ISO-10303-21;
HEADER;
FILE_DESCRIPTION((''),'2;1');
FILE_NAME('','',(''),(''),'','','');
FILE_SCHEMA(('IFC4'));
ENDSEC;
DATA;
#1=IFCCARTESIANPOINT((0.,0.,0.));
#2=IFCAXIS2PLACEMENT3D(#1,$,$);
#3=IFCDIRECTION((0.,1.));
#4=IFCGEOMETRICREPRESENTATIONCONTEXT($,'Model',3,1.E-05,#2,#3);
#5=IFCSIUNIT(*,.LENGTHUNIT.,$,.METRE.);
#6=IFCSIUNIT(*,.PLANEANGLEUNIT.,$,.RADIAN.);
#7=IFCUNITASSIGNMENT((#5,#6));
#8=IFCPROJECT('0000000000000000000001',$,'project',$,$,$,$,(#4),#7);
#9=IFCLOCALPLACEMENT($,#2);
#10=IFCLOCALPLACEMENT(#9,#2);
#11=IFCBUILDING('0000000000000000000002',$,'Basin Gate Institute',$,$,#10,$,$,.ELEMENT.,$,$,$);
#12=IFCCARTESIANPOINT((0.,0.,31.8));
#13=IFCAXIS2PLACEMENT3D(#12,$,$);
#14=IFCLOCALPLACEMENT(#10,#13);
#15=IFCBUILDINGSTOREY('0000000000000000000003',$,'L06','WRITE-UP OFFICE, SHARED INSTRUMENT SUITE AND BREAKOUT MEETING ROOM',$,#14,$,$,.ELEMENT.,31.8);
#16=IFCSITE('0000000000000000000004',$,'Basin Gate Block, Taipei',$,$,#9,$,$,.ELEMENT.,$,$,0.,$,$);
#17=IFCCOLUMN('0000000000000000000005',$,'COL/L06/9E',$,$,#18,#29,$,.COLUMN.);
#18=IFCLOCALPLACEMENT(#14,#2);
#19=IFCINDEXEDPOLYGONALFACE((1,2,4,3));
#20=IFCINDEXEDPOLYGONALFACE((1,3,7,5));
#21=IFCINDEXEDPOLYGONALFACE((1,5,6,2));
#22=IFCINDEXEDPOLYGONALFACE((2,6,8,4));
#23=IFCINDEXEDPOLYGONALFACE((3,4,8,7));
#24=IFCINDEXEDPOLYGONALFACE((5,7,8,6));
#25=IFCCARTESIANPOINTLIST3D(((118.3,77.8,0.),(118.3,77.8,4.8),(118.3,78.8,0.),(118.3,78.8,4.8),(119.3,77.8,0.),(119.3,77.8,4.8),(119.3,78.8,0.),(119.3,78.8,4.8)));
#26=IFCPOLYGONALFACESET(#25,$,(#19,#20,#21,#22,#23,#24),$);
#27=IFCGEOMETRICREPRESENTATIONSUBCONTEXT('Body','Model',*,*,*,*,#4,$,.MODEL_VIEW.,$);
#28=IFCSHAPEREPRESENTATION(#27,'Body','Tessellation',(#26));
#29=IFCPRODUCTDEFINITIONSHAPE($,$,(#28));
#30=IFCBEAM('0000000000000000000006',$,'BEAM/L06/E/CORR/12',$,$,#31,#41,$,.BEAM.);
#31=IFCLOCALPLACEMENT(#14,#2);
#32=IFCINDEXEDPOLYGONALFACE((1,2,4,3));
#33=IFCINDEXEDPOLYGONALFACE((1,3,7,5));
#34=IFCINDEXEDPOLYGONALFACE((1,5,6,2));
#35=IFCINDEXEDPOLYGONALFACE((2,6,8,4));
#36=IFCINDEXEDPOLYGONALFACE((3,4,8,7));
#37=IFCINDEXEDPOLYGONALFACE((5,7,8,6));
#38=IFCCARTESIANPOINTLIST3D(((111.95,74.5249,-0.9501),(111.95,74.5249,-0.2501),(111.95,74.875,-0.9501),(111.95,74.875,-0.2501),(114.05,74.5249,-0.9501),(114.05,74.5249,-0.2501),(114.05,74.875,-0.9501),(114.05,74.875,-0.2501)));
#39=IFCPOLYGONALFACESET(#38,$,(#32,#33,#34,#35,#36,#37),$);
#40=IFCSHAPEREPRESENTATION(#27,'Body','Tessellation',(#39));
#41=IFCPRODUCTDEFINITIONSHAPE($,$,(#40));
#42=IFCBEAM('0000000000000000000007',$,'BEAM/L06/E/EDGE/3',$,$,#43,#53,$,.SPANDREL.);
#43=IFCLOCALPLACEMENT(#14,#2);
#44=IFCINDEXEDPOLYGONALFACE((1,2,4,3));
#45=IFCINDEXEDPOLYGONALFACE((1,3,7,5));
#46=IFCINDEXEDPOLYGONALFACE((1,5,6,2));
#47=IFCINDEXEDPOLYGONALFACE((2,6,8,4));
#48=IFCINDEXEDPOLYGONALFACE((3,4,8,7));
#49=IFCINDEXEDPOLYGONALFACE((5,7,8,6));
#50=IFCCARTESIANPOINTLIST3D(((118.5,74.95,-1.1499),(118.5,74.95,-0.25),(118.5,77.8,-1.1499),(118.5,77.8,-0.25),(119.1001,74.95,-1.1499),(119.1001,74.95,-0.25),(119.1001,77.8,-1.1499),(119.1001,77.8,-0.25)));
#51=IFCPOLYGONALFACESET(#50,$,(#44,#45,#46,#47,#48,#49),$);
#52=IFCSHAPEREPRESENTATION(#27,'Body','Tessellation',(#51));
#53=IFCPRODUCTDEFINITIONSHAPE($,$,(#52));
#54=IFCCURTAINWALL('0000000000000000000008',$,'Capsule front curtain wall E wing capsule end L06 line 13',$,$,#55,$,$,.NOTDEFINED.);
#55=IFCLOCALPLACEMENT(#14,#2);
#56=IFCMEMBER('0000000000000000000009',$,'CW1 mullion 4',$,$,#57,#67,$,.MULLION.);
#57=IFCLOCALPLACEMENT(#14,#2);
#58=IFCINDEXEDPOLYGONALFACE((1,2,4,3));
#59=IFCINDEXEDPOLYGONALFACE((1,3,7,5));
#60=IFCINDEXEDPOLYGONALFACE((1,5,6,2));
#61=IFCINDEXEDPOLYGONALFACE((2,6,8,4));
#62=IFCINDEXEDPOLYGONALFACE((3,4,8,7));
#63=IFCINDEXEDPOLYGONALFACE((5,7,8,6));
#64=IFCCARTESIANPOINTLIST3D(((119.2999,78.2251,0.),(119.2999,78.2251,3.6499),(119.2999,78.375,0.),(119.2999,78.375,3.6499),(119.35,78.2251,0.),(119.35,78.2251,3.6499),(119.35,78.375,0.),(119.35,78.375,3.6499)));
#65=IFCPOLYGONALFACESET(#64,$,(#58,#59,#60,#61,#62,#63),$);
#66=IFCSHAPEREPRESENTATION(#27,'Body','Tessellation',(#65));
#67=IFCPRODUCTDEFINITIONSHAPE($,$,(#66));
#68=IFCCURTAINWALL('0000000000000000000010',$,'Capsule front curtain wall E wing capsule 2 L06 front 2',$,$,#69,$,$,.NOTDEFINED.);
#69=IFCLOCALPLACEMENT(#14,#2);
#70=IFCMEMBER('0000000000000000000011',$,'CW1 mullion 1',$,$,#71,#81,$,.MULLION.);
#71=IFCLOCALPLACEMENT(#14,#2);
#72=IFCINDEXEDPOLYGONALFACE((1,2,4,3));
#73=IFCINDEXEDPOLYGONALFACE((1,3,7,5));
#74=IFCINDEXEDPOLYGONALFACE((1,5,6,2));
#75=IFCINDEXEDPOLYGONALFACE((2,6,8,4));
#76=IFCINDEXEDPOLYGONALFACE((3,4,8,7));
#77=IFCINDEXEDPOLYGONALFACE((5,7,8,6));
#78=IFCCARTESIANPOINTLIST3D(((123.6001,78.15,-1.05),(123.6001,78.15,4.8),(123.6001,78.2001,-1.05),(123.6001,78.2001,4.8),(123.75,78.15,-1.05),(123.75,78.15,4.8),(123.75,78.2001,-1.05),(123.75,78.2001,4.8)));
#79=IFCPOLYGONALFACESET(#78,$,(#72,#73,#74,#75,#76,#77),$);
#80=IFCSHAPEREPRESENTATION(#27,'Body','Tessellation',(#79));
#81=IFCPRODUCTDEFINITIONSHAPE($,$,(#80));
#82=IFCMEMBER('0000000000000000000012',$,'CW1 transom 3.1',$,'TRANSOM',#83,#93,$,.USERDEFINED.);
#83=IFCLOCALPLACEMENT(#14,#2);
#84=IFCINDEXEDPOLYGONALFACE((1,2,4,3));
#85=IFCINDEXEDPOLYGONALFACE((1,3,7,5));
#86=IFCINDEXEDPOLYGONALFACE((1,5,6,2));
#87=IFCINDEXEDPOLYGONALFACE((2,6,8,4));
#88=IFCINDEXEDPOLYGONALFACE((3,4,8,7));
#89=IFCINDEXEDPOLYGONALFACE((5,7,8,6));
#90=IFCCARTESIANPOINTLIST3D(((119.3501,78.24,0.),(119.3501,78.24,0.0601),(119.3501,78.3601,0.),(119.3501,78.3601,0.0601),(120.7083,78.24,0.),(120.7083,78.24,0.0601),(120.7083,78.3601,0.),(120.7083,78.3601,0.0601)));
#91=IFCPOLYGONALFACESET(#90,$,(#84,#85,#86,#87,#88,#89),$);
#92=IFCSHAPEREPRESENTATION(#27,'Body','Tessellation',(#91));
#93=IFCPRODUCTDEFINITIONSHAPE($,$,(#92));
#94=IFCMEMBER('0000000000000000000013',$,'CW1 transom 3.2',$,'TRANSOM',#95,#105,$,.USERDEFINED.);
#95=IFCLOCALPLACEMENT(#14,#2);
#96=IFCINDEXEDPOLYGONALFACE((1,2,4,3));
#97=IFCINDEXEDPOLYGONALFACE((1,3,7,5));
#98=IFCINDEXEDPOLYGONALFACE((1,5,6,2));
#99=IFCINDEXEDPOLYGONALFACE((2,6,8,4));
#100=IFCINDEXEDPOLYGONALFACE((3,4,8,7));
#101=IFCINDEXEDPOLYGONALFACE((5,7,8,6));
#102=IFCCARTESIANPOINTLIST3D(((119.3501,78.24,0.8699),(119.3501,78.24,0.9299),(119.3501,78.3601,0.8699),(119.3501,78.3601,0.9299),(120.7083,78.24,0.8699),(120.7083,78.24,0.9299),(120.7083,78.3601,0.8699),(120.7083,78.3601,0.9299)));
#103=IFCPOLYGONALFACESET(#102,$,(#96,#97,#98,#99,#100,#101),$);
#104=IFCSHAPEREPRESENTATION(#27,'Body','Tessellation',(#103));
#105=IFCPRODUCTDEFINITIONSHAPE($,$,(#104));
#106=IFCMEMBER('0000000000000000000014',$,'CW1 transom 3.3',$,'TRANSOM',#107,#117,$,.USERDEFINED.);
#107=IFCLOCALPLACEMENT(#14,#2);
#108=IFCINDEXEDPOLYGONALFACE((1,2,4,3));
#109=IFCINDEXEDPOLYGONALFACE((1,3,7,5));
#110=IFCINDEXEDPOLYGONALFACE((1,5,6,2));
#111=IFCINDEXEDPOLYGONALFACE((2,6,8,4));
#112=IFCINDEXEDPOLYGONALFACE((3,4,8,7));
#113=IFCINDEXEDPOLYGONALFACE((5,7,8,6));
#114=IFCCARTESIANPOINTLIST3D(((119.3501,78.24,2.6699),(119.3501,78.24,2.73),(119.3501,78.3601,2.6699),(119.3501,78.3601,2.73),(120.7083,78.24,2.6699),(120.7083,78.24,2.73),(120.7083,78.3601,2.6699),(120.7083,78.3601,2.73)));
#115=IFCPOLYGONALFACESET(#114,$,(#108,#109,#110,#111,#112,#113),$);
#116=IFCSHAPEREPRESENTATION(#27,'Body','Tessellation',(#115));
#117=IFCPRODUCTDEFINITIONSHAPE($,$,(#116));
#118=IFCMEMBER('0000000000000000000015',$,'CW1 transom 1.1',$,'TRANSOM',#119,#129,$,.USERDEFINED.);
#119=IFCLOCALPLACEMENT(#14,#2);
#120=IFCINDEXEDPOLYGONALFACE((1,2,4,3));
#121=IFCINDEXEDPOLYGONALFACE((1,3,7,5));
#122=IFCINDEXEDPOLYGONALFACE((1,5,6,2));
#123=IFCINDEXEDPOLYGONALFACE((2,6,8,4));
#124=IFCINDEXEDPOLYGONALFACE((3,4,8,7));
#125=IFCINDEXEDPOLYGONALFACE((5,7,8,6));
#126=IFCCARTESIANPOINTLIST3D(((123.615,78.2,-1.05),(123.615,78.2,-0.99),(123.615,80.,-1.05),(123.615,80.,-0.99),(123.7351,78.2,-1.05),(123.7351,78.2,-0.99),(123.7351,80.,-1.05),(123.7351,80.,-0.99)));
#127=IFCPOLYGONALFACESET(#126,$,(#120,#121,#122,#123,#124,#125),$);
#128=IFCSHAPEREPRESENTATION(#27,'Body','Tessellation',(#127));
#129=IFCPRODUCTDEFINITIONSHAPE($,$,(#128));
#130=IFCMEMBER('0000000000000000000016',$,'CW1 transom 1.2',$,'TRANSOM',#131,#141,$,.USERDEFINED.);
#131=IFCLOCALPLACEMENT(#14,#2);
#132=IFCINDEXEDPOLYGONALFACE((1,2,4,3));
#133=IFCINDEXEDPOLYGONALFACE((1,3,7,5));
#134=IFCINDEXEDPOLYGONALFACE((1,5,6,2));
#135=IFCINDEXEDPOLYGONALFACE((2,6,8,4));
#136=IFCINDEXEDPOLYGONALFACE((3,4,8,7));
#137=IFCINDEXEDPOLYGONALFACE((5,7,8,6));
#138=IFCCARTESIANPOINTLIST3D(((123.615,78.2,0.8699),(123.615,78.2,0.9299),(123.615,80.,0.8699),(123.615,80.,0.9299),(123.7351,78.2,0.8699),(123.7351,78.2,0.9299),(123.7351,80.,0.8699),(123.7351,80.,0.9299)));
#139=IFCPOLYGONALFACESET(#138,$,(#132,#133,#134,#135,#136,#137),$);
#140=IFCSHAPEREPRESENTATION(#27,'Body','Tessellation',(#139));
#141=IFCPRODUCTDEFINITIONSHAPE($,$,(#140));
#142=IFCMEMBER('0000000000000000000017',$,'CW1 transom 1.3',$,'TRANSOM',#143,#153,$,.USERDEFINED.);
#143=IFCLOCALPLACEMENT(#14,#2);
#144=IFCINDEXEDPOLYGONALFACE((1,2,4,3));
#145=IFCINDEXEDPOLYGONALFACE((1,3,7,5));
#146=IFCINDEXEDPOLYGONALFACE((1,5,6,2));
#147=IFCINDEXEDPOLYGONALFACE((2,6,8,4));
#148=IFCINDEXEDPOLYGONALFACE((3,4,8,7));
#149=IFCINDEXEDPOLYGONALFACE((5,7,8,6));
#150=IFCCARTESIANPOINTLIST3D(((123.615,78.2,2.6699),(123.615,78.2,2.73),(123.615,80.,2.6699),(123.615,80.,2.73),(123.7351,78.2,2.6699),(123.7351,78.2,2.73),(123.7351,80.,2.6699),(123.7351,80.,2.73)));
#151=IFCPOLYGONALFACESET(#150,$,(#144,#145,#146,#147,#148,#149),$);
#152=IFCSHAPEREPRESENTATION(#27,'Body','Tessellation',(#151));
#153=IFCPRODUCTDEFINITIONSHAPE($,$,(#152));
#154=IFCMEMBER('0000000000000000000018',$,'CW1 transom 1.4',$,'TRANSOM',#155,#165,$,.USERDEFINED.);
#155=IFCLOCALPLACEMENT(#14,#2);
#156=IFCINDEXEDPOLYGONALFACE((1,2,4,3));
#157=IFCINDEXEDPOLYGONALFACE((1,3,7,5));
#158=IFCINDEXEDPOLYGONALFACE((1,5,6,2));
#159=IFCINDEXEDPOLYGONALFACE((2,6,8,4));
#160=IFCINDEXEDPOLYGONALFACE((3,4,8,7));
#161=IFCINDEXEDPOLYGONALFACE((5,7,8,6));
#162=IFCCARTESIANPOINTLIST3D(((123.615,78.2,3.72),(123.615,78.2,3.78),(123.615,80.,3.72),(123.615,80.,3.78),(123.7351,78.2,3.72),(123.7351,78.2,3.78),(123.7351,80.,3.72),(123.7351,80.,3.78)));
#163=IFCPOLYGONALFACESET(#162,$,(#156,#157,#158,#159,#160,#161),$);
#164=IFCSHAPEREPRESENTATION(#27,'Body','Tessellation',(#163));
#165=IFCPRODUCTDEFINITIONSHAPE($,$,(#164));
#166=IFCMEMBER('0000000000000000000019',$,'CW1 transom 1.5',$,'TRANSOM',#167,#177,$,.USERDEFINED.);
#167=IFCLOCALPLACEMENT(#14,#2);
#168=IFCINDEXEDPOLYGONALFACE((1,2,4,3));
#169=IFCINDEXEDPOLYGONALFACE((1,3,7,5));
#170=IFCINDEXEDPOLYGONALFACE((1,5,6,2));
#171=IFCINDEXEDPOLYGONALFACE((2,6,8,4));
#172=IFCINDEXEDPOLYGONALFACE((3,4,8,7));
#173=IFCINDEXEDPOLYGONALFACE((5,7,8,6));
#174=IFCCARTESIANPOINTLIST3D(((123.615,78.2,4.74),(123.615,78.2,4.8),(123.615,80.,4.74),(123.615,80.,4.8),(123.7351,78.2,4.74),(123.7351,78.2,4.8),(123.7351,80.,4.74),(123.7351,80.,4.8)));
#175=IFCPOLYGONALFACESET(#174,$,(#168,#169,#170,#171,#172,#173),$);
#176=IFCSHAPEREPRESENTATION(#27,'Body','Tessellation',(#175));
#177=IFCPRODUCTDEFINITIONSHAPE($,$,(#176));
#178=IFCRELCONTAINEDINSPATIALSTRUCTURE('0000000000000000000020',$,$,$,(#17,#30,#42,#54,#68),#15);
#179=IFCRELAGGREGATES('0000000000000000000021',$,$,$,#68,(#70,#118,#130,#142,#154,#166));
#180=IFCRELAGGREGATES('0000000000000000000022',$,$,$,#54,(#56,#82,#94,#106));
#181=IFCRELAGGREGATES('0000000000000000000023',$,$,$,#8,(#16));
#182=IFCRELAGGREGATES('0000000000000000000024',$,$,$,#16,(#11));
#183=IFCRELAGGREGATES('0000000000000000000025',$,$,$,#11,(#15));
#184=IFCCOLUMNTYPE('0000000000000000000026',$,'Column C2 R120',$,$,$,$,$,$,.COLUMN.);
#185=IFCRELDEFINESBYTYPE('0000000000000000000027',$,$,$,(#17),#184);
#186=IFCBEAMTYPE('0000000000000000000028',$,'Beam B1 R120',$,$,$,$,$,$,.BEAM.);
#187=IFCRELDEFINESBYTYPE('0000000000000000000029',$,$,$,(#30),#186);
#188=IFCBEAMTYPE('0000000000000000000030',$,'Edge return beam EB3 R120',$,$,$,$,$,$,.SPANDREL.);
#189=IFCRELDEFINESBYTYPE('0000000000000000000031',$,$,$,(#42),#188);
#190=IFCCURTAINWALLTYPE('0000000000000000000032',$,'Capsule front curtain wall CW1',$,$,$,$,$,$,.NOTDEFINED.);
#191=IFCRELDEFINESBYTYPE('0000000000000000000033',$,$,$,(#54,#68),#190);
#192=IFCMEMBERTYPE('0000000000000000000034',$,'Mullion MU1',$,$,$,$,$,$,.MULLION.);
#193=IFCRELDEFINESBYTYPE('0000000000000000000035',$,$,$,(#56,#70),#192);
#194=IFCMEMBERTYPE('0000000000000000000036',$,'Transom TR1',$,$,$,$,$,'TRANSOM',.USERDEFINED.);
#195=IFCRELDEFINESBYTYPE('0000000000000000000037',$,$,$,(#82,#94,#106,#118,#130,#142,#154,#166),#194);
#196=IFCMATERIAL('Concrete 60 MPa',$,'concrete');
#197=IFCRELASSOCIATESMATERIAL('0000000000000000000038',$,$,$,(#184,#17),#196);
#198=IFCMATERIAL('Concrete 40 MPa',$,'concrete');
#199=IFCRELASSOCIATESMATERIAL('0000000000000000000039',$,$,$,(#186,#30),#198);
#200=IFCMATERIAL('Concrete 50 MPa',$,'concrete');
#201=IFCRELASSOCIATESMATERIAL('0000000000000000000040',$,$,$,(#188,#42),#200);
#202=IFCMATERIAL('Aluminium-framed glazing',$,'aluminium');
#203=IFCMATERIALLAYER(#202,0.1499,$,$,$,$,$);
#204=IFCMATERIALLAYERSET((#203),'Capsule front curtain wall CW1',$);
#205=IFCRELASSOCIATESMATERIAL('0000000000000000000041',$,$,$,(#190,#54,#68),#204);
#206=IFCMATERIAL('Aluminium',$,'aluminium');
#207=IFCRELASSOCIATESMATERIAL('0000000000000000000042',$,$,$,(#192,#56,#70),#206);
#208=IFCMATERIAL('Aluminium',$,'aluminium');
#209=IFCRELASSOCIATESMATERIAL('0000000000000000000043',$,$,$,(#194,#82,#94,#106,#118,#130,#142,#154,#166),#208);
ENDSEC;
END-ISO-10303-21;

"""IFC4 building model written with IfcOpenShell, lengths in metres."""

from ifc_helpers import new_model, si_unit, direction, frame, origin, origin_2d, place, context, subcontext, project, spatial, rectangle, extrude, material, layer, layer_set, material_profile, profile_set, type_object, element, aggregate, save


model = new_model("IFC4")

# Units and contexts
model_context = context("Model", 3, precision=1e-05, world=origin(), true_north=direction((0.0, 1.0)))
body_context = subcontext(model_context, "Body", "Model", "MODEL_VIEW")
ifc_project = project(units=[si_unit("LENGTHUNIT", "METRE"), si_unit("PLANEANGLEUNIT", "RADIAN")], contexts=[model_context])

# Site, building, storey
site_placement = place(None, origin())
site = spatial("IfcSite", under=ifc_project, at=site_placement, Name="Basin Gate Block, Taipei", CompositionType="ELEMENT", RefElevation=0.0)
building_placement = place(site_placement, origin())
building = spatial("IfcBuilding", under=site, at=building_placement, Name="Basin Gate Institute", CompositionType="ELEMENT")
storey_placement = place(building_placement, frame((0.0, 0.0, 31.8)))
storey = spatial("IfcBuildingStorey", under=building, at=storey_placement, Name="L06", Description="WRITE-UP OFFICE, SHARED INSTRUMENT SUITE AND BREAKOUT MEETING ROOM", CompositionType="ELEMENT", Elevation=31.8)

# Column
ifc_material_1 = material(Name="Concrete 60 MPa", Category="concrete")
ifc_material_profile_1 = material_profile(ifc_material_1, rectangle(XDim=1.0, YDim=1.0, at=origin_2d()), Name="Column C2 1000 x 1000")
ifc_profile_set_1 = profile_set([ifc_material_profile_1], Name="Concrete 60 MPa")
column_type = type_object("IfcColumnType", Name="Column C2 R120", PredefinedType="COLUMN", material=ifc_profile_set_1)
column_placement = place(storey_placement, frame((118.8, 78.3, 0.0), z_axis=(0.0, 0.0, 1.0), x_axis=(1.0, 0.0, 0.0)))
element("IfcColumn", 1, at=column_placement, inside=storey, type_object=column_type, material=ifc_profile_set_1, Name="COL/L06/9E", PredefinedType="COLUMN", context=body_context, shape_type="SweptSolid", body=[
    extrude(rectangle(XDim=1.0, YDim=1.0, at=origin_2d()), origin(), (0.0, 0.0, 1.0), 4.8),
])

# Beams
ifc_material_2 = material(Name="Concrete 40 MPa", Category="concrete")
ifc_material_profile_2 = material_profile(ifc_material_2, rectangle(XDim=0.3501, YDim=0.7, at=origin_2d()), Name="Beam B1 350 x 700")
ifc_profile_set_2 = profile_set([ifc_material_profile_2], Name="Concrete 40 MPa")
beam_type_1 = type_object("IfcBeamType", Name="Beam B1 R120", PredefinedType="BEAM", material=ifc_profile_set_2)
beam_1_placement = place(storey_placement, frame((114.05, 74.7, -0.6001), z_axis=(-1.0, 0.0, 0.0), x_axis=(0.0, -1.0, 0.0)))
element("IfcBeam", 2, at=beam_1_placement, inside=storey, type_object=beam_type_1, material=ifc_profile_set_2, Name="BEAM/L06/E/CORR/12", PredefinedType="BEAM", context=body_context, shape_type="SweptSolid", body=[
    extrude(rectangle(XDim=0.3501, YDim=0.7, at=origin_2d()), origin(), (0.0, 0.0, 1.0), 2.1001),
])
ifc_material_3 = material(Name="Concrete 50 MPa", Category="concrete")
ifc_material_profile_3 = material_profile(ifc_material_3, rectangle(XDim=0.6001, YDim=0.8999, at=origin_2d()), Name="Edge return beam EB3 600 x 900")
ifc_profile_set_3 = profile_set([ifc_material_profile_3], Name="Concrete 50 MPa")
beam_type_2 = type_object("IfcBeamType", Name="Edge return beam EB3 R120", PredefinedType="SPANDREL", material=ifc_profile_set_3)
beam_2_placement = place(storey_placement, frame((118.8, 74.95, -0.7), z_axis=(0.0, 1.0, 0.0), x_axis=(-1.0, 0.0, 0.0)))
element("IfcBeam", 3, at=beam_2_placement, inside=storey, type_object=beam_type_2, material=ifc_profile_set_3, Name="BEAM/L06/E/EDGE/3", PredefinedType="SPANDREL", context=body_context, shape_type="SweptSolid", body=[
    extrude(rectangle(XDim=0.6001, YDim=0.8999, at=origin_2d()), origin(), (0.0, 0.0, 1.0), 2.8501),
])

# Curtain walls, members
ifc_material_4 = material(Name="Aluminium-framed glazing", Category="aluminium")
ifc_layer_1 = layer(ifc_material_4, 0.1499)
ifc_layer_set_1 = layer_set([ifc_layer_1], Name="Capsule front curtain wall CW1")
curtain_wall_type = type_object("IfcCurtainWallType", Name="Capsule front curtain wall CW1", PredefinedType="NOTDEFINED", material=ifc_layer_set_1)
curtain_wall_1_placement = place(storey_placement, origin())
curtain_wall_1 = element("IfcCurtainWall", 4, at=curtain_wall_1_placement, inside=storey, type_object=curtain_wall_type, material=ifc_layer_set_1, Name="Capsule front curtain wall E wing capsule end L06 line 13", PredefinedType="NOTDEFINED")
ifc_material_5 = material(Name="Aluminium", Category="aluminium")
ifc_material_profile_4 = material_profile(ifc_material_5, rectangle(XDim=0.1499, YDim=0.05, at=origin_2d()), Name="Mullion MU1 150 x 50")
ifc_profile_set_4 = profile_set([ifc_material_profile_4], Name="Aluminium")
member_type_1 = type_object("IfcMemberType", Name="Mullion MU1", PredefinedType="MULLION", material=ifc_profile_set_4)
member_1_placement = place(storey_placement, frame((119.325, 78.3, 0.0), z_axis=(0.0, 0.0, 1.0), x_axis=(0.0, -1.0, 0.0)))
member_1 = element("IfcMember", 5, at=member_1_placement, type_object=member_type_1, material=ifc_profile_set_4, Name="CW1 mullion 4", PredefinedType="MULLION", context=body_context, shape_type="SweptSolid", body=[
    extrude(rectangle(XDim=0.1499, YDim=0.05, at=origin_2d()), origin(), (0.0, 0.0, 1.0), 3.6499),
])
curtain_wall_2_placement = place(storey_placement, origin())
curtain_wall_2 = element("IfcCurtainWall", 6, at=curtain_wall_2_placement, inside=storey, type_object=curtain_wall_type, material=ifc_layer_set_1, Name="Capsule front curtain wall E wing capsule 2 L06 front 2", PredefinedType="NOTDEFINED")
member_2_placement = place(storey_placement, frame((123.675, 78.175, -1.05), z_axis=(0.0, 0.0, 1.0), x_axis=(-1.0, 0.0, 0.0)))
member_2 = element("IfcMember", 7, at=member_2_placement, type_object=member_type_1, material=ifc_profile_set_4, Name="CW1 mullion 1", PredefinedType="MULLION", context=body_context, shape_type="SweptSolid", body=[
    extrude(rectangle(XDim=0.1499, YDim=0.05, at=origin_2d()), origin(), (0.0, 0.0, 1.0), 5.8501),
])

# Members
ifc_material_6 = material(Name="Aluminium", Category="aluminium")
ifc_material_profile_5 = material_profile(ifc_material_6, rectangle(XDim=0.1201, YDim=0.0601, at=origin_2d()), Name="Transom TR1 120 x 60")
ifc_profile_set_5 = profile_set([ifc_material_profile_5], Name="Aluminium")
member_type_2 = type_object("IfcMemberType", Name="Transom TR1", ElementType="TRANSOM", PredefinedType="USERDEFINED", material=ifc_profile_set_5)
member_3_placement = place(storey_placement, frame((120.7083, 78.3, 0.03), z_axis=(-1.0, 0.0, 0.0), x_axis=(0.0, -1.0, 0.0)))
member_3 = element("IfcMember", 8, at=member_3_placement, type_object=member_type_2, material=ifc_profile_set_5, Name="CW1 transom 3.1", ObjectType="TRANSOM", PredefinedType="USERDEFINED", context=body_context, shape_type="SweptSolid", body=[
    extrude(rectangle(XDim=0.1201, YDim=0.0601, at=origin_2d()), origin(), (0.0, 0.0, 1.0), 1.3582),
])
member_4_placement = place(storey_placement, frame((120.7083, 78.3, 0.8999), z_axis=(-1.0, 0.0, 0.0), x_axis=(0.0, -1.0, 0.0)))
member_4 = element("IfcMember", 9, at=member_4_placement, type_object=member_type_2, material=ifc_profile_set_5, Name="CW1 transom 3.2", ObjectType="TRANSOM", PredefinedType="USERDEFINED", context=body_context, shape_type="SweptSolid", body=[
    extrude(rectangle(XDim=0.1201, YDim=0.0601, at=origin_2d()), origin(), (0.0, 0.0, 1.0), 1.3582),
])
member_5_placement = place(storey_placement, frame((120.7083, 78.3, 2.7), z_axis=(-1.0, 0.0, 0.0), x_axis=(0.0, -1.0, 0.0)))
member_5 = element("IfcMember", 10, at=member_5_placement, type_object=member_type_2, material=ifc_profile_set_5, Name="CW1 transom 3.3", ObjectType="TRANSOM", PredefinedType="USERDEFINED", context=body_context, shape_type="SweptSolid", body=[
    extrude(rectangle(XDim=0.1201, YDim=0.0601, at=origin_2d()), origin(), (0.0, 0.0, 1.0), 1.3582),
])
member_6_placement = place(storey_placement, frame((123.675, 78.2, -1.02), z_axis=(0.0, 1.0, 0.0), x_axis=(-1.0, 0.0, 0.0)))
member_6 = element("IfcMember", 11, at=member_6_placement, type_object=member_type_2, material=ifc_profile_set_5, Name="CW1 transom 1.1", ObjectType="TRANSOM", PredefinedType="USERDEFINED", context=body_context, shape_type="SweptSolid", body=[
    extrude(rectangle(XDim=0.1201, YDim=0.0601, at=origin_2d()), origin(), (0.0, 0.0, 1.0), 1.8),
])
member_7_placement = place(storey_placement, frame((123.675, 78.2, 0.8999), z_axis=(0.0, 1.0, 0.0), x_axis=(-1.0, 0.0, 0.0)))
member_7 = element("IfcMember", 12, at=member_7_placement, type_object=member_type_2, material=ifc_profile_set_5, Name="CW1 transom 1.2", ObjectType="TRANSOM", PredefinedType="USERDEFINED", context=body_context, shape_type="SweptSolid", body=[
    extrude(rectangle(XDim=0.1201, YDim=0.0601, at=origin_2d()), origin(), (0.0, 0.0, 1.0), 1.8),
])
member_8_placement = place(storey_placement, frame((123.675, 78.2, 2.7), z_axis=(0.0, 1.0, 0.0), x_axis=(-1.0, 0.0, 0.0)))
member_8 = element("IfcMember", 13, at=member_8_placement, type_object=member_type_2, material=ifc_profile_set_5, Name="CW1 transom 1.3", ObjectType="TRANSOM", PredefinedType="USERDEFINED", context=body_context, shape_type="SweptSolid", body=[
    extrude(rectangle(XDim=0.1201, YDim=0.0601, at=origin_2d()), origin(), (0.0, 0.0, 1.0), 1.8),
])
member_9_placement = place(storey_placement, frame((123.675, 78.2, 3.75), z_axis=(0.0, 1.0, 0.0), x_axis=(-1.0, 0.0, 0.0)))
member_9 = element("IfcMember", 14, at=member_9_placement, type_object=member_type_2, material=ifc_profile_set_5, Name="CW1 transom 1.4", ObjectType="TRANSOM", PredefinedType="USERDEFINED", context=body_context, shape_type="SweptSolid", body=[
    extrude(rectangle(XDim=0.1201, YDim=0.0601, at=origin_2d()), origin(), (0.0, 0.0, 1.0), 1.8),
])
member_10_placement = place(storey_placement, frame((123.675, 78.2, 4.77), z_axis=(0.0, 1.0, 0.0), x_axis=(-1.0, 0.0, 0.0)))
member_10 = element("IfcMember", 15, at=member_10_placement, type_object=member_type_2, material=ifc_profile_set_5, Name="CW1 transom 1.5", ObjectType="TRANSOM", PredefinedType="USERDEFINED", context=body_context, shape_type="SweptSolid", body=[
    extrude(rectangle(XDim=0.1201, YDim=0.0601, at=origin_2d()), origin(), (0.0, 0.0, 1.0), 1.8),
])
aggregate(curtain_wall_2, [member_2, member_6, member_7, member_8, member_9, member_10])

aggregate(curtain_wall_1, [member_1, member_3, member_4, member_5])

save(model, "model.ifc")
